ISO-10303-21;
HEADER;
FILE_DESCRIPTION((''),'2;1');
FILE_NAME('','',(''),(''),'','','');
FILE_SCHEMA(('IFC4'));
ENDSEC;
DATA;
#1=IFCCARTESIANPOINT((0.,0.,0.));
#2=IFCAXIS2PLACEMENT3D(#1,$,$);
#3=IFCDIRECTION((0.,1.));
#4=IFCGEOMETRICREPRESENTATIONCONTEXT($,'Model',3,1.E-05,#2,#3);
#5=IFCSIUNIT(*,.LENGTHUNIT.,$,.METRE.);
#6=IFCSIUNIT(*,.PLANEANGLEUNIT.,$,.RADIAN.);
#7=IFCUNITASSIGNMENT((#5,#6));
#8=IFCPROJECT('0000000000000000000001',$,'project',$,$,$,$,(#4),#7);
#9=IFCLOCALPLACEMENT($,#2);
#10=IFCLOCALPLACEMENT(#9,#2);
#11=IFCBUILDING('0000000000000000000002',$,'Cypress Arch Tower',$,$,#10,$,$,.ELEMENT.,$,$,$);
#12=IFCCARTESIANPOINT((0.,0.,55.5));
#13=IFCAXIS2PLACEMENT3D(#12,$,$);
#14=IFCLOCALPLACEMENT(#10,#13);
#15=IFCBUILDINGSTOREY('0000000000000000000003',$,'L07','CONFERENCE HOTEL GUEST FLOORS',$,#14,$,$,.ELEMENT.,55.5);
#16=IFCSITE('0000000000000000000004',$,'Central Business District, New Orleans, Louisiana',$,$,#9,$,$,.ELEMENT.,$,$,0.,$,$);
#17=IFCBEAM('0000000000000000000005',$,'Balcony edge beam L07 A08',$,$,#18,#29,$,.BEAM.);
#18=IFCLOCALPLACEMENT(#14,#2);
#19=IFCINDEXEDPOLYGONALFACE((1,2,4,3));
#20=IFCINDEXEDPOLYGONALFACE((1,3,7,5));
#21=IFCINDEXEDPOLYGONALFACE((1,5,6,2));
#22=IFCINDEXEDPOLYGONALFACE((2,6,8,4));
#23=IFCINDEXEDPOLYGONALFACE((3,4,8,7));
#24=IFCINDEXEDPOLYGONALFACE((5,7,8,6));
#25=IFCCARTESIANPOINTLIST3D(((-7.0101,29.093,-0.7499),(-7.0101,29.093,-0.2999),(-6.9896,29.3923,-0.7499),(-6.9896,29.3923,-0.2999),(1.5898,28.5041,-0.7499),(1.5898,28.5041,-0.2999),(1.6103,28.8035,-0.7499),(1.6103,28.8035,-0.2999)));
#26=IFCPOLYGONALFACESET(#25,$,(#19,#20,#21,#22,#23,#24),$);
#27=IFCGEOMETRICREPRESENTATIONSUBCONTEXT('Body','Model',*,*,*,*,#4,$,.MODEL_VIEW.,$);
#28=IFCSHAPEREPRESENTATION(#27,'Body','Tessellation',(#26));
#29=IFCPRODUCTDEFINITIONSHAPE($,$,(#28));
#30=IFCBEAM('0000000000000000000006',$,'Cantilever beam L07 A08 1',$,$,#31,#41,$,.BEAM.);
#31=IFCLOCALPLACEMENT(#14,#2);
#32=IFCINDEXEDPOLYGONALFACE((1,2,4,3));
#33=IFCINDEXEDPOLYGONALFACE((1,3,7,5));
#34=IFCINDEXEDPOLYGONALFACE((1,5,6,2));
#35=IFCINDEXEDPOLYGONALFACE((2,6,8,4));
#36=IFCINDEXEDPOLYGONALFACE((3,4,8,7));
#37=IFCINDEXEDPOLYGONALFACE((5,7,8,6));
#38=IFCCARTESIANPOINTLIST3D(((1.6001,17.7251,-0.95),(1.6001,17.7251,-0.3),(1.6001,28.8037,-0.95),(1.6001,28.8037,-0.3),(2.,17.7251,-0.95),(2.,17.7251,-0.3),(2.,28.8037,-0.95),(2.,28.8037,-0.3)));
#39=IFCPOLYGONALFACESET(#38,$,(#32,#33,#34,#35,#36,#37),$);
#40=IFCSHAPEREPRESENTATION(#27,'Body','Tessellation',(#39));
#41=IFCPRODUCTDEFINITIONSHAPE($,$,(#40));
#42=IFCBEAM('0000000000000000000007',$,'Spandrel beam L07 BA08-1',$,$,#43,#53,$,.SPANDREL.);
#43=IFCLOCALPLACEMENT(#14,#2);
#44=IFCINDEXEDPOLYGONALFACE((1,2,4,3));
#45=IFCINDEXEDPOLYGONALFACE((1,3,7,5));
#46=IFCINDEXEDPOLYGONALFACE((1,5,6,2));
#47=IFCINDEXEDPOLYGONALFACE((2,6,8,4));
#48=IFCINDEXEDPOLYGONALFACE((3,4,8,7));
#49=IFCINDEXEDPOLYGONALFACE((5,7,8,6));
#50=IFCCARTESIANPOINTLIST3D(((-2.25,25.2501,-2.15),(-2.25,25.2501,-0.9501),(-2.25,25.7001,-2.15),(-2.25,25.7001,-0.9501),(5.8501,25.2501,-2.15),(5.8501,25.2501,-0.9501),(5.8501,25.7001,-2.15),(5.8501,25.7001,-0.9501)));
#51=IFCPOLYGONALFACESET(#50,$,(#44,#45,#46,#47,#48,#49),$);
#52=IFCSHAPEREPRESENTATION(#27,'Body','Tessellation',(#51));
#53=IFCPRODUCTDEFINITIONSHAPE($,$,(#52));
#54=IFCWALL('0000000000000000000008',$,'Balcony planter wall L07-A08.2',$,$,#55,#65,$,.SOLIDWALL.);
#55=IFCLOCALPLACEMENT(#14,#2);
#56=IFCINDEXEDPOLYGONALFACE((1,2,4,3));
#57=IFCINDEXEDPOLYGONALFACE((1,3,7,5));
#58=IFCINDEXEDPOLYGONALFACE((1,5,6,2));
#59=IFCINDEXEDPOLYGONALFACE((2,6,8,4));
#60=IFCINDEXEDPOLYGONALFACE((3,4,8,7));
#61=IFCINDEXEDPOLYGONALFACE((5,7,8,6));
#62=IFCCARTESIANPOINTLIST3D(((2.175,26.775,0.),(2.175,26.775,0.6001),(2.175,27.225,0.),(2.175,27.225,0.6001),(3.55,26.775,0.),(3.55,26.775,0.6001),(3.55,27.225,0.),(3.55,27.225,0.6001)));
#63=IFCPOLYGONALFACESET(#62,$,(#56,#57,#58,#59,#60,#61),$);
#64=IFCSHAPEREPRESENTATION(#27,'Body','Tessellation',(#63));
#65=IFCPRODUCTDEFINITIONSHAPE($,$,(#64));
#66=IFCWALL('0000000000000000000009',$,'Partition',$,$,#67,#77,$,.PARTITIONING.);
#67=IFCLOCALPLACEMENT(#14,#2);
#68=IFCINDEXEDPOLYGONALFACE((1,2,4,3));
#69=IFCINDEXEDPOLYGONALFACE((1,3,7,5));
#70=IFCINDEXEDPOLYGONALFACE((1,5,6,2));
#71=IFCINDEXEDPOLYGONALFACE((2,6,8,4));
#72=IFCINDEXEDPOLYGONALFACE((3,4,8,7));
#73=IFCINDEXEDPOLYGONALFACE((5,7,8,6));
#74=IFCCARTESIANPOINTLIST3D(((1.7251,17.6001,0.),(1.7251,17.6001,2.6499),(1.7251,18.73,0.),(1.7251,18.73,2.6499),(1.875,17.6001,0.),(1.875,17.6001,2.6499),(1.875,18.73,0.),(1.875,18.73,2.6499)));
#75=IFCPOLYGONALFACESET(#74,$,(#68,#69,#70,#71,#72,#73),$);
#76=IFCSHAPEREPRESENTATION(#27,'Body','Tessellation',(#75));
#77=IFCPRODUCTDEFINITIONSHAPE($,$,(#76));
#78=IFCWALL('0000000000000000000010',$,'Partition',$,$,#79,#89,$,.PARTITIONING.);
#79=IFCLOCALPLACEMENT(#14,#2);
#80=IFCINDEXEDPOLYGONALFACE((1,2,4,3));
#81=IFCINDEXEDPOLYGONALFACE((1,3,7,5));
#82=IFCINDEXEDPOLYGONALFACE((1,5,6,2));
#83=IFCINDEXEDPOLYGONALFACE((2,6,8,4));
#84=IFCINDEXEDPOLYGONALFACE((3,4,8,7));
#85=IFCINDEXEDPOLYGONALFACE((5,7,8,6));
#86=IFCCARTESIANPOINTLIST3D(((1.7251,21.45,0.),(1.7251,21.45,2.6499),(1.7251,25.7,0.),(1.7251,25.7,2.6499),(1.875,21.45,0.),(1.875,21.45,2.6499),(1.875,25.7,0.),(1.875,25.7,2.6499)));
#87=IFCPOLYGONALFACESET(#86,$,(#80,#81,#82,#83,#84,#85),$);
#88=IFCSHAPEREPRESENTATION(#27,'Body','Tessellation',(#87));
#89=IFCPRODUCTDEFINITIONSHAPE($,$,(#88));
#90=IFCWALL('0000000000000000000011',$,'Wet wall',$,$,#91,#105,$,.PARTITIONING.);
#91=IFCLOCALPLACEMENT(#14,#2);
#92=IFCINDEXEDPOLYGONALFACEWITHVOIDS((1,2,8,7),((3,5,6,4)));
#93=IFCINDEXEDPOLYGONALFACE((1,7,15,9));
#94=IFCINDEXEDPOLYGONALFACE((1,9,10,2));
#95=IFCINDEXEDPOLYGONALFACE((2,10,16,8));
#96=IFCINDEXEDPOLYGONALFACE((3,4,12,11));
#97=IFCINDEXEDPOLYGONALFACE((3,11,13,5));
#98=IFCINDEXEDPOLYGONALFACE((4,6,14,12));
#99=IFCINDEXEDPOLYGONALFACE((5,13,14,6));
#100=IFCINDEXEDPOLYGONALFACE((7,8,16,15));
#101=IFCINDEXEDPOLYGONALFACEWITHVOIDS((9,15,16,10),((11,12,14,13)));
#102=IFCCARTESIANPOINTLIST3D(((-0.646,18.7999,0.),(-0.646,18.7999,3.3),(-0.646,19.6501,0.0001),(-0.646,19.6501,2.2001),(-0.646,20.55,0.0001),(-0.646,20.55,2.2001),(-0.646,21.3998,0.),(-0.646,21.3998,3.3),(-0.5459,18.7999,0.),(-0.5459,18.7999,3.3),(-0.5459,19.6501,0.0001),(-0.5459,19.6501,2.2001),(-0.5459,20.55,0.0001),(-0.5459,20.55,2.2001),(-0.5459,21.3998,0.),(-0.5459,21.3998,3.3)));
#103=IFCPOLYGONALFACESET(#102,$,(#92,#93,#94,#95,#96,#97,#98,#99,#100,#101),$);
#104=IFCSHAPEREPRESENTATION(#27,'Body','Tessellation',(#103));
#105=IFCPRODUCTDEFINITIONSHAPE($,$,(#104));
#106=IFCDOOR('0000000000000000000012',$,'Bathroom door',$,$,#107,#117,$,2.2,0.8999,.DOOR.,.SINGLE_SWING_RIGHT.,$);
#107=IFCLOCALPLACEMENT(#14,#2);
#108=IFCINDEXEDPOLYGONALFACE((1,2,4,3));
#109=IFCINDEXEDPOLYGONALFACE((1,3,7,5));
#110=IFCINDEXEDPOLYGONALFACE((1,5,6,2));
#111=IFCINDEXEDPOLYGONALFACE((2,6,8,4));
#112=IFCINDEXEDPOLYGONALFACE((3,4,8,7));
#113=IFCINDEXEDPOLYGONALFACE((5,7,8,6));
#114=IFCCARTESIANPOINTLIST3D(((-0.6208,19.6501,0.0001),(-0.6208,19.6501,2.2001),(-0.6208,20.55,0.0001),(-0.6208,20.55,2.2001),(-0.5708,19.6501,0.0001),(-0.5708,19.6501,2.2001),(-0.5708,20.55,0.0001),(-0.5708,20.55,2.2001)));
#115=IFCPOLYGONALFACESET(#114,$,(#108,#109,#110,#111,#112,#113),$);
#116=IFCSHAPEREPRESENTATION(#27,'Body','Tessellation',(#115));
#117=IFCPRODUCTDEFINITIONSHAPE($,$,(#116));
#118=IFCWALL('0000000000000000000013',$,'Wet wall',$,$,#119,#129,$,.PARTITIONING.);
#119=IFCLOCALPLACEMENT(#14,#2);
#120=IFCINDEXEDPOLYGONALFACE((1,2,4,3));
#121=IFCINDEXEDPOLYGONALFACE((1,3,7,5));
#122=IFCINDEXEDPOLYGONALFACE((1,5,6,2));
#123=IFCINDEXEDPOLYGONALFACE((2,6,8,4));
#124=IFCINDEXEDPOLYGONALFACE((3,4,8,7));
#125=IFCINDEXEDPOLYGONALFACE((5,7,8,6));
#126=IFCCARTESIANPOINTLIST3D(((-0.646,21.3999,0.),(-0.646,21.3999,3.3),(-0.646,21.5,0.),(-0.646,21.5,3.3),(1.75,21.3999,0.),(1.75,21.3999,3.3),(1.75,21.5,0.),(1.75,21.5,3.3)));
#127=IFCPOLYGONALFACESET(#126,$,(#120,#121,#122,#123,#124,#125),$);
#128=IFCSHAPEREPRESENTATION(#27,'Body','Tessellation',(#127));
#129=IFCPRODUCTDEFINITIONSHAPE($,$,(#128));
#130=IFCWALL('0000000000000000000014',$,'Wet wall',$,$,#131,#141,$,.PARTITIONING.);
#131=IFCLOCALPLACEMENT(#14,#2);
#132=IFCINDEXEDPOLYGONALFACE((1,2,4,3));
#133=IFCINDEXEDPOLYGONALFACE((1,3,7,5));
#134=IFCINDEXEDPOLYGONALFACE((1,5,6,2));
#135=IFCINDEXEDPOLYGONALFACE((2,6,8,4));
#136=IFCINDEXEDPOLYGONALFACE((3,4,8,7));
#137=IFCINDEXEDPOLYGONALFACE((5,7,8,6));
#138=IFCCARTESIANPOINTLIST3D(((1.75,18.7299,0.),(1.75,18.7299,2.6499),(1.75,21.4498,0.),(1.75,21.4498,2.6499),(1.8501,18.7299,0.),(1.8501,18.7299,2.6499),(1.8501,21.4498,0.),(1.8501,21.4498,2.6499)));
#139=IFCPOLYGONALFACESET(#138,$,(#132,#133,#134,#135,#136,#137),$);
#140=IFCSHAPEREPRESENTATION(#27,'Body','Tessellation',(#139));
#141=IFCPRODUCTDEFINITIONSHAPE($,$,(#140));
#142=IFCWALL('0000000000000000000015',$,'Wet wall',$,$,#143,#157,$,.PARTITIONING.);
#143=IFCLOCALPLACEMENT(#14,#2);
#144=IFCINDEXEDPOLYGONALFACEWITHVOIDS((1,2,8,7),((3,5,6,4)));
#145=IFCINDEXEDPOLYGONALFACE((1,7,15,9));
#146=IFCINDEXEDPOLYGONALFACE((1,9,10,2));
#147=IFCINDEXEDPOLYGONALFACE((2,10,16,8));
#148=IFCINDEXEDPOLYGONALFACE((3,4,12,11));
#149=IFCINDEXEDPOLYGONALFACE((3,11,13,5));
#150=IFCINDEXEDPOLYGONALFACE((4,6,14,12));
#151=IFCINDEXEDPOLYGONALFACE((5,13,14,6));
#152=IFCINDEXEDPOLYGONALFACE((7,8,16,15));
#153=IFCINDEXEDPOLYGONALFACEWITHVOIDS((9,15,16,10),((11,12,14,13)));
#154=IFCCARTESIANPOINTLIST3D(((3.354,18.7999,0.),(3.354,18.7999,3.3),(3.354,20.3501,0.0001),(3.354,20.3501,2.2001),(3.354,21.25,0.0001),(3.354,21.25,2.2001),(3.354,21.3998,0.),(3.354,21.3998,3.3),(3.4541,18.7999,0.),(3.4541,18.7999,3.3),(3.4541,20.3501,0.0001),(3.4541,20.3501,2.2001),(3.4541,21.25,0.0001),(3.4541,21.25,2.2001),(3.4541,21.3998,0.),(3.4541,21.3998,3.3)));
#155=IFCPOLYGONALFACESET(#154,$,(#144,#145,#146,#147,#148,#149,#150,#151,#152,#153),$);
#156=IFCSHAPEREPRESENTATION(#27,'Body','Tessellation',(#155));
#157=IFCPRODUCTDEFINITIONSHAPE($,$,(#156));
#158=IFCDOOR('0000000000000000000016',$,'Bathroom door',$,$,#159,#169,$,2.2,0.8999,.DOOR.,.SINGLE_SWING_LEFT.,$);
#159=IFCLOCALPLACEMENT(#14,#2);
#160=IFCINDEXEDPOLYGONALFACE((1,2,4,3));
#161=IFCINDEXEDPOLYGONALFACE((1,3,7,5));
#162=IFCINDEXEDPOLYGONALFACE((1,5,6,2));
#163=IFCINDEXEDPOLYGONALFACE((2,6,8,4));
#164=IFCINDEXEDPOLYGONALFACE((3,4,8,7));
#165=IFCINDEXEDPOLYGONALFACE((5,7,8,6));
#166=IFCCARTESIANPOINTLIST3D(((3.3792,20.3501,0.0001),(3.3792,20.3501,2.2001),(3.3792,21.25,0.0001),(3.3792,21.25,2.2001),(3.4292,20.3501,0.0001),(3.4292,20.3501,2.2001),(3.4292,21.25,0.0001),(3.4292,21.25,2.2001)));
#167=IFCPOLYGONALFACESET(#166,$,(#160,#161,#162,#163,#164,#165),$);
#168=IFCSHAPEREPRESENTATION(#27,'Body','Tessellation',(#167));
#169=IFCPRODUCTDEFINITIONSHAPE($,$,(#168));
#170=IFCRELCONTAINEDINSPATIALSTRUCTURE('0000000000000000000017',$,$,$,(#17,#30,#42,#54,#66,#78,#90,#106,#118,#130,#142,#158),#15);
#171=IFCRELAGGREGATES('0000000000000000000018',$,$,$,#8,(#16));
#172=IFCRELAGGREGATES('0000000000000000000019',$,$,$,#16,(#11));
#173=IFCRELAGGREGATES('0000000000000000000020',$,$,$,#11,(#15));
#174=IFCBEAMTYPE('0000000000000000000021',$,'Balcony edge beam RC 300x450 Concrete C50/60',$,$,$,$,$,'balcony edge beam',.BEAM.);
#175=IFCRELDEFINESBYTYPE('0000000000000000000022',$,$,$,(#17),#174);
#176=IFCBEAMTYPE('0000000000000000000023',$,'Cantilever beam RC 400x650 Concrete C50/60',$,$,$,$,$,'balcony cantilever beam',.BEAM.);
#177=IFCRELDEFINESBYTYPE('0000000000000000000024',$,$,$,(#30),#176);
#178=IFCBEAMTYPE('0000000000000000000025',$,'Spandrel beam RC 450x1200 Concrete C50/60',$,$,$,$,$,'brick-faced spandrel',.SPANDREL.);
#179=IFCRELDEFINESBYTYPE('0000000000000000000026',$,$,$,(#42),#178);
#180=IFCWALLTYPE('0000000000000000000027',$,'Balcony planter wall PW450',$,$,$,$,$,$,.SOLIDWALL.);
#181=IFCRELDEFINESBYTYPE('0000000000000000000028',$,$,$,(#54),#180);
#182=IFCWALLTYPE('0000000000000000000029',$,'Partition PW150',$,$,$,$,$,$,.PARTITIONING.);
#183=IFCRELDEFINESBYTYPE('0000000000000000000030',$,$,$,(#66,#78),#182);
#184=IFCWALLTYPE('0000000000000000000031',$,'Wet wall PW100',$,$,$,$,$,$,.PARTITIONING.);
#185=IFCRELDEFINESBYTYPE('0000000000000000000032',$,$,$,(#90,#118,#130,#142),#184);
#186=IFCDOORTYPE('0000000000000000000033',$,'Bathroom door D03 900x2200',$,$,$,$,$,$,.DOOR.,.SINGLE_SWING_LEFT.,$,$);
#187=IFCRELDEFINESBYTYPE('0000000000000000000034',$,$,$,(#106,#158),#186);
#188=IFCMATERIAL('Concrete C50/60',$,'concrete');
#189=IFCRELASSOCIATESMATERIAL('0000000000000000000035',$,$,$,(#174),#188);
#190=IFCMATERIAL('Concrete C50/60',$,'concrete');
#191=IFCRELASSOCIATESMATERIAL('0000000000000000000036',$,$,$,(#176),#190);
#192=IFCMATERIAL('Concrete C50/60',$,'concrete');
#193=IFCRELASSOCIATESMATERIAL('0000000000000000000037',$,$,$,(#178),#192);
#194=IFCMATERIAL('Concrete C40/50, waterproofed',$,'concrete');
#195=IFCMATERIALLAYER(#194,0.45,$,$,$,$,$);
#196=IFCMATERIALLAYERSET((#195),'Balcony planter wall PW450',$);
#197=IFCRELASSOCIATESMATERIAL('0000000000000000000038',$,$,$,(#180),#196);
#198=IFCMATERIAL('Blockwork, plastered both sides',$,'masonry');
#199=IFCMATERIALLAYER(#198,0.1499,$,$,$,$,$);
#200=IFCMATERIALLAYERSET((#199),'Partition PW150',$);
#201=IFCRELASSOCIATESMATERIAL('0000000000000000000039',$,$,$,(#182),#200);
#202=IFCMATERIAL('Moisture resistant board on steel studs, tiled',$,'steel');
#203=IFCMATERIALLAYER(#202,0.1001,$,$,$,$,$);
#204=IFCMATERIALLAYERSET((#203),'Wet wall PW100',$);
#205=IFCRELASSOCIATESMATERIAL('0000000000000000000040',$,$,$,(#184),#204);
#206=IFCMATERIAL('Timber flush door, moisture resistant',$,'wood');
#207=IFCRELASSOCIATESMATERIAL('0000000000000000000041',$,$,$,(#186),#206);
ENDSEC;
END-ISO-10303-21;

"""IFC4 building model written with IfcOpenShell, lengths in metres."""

from ifc_helpers import new_model, si_unit, direction, frame, frame_2d, origin, origin_2d, place, context, subcontext, project, spatial, rectangle, extrude, material, layer, layer_set, material_profile, profile_set, type_object, element, fill, save


model = new_model("IFC4")

# Units and contexts
model_context = context("Model", 3, precision=1e-05, world=origin(), true_north=direction((0.0, 1.0)))
body_context = subcontext(model_context, "Body", "Model", "MODEL_VIEW")
ifc_project = project(units=[si_unit("LENGTHUNIT", "METRE"), si_unit("PLANEANGLEUNIT", "RADIAN")], contexts=[model_context])

# Site, building, storey
site_placement = place(None, origin())
site = spatial("IfcSite", under=ifc_project, at=site_placement, Name="Central Business District, New Orleans, Louisiana", CompositionType="ELEMENT", RefElevation=0.0)
building_placement = place(site_placement, origin())
building = spatial("IfcBuilding", under=site, at=building_placement, Name="Cypress Arch Tower", CompositionType="ELEMENT")
storey_placement = place(building_placement, frame((0.0, 0.0, 55.5)))
storey = spatial("IfcBuildingStorey", under=building, at=storey_placement, Name="L07", Description="CONFERENCE HOTEL GUEST FLOORS", CompositionType="ELEMENT", Elevation=55.5)

# Beams
ifc_material_1 = material(Name="Concrete C50/60", Category="concrete")
ifc_material_profile_1 = material_profile(ifc_material_1, rectangle(XDim=0.3, YDim=0.45, at=origin_2d()), Name="RC 300x450")
ifc_profile_set_1 = profile_set([ifc_material_profile_1], Name="Concrete C50/60")
beam_type_1 = type_object("IfcBeamType", Name="Balcony edge beam RC 300x450 Concrete C50/60", ElementType="balcony edge beam", PredefinedType="BEAM", material=ifc_profile_set_1)
beam_1_placement = place(storey_placement, frame((1.6001, 28.6538, -0.5249), z_axis=(-0.997664, 0.068312, 0.0), x_axis=(-0.068312, -0.997664, 0.0)))
element("IfcBeam", 1, at=beam_1_placement, inside=storey, type_object=beam_type_1, Name="Balcony edge beam L07 A08", PredefinedType="BEAM", context=body_context, shape_type="SweptSolid", body=[
    extrude(rectangle(XDim=0.3, YDim=0.45, at=origin_2d()), origin(), (0.0, 0.0, 1.0), 8.6201),
])
ifc_material_2 = material(Name="Concrete C50/60", Category="concrete")
ifc_material_profile_2 = material_profile(ifc_material_2, rectangle(XDim=0.3999, YDim=0.6499, at=origin_2d()), Name="RC 400x650")
ifc_profile_set_2 = profile_set([ifc_material_profile_2], Name="Concrete C50/60")
beam_type_2 = type_object("IfcBeamType", Name="Cantilever beam RC 400x650 Concrete C50/60", ElementType="balcony cantilever beam", PredefinedType="BEAM", material=ifc_profile_set_2)
beam_2_placement = place(storey_placement, frame((1.8, 17.7251, -0.625), z_axis=(0.0, 1.0, 0.0), x_axis=(-1.0, 0.0, 0.0)))
element("IfcBeam", 2, at=beam_2_placement, inside=storey, type_object=beam_type_2, Name="Cantilever beam L07 A08 1", PredefinedType="BEAM", context=body_context, shape_type="SweptSolid", body=[
    extrude(rectangle(XDim=0.3999, YDim=0.6499, at=origin_2d()), origin(), (0.0, 0.0, 1.0), 11.0786),
])
ifc_material_3 = material(Name="Concrete C50/60", Category="concrete")
ifc_material_profile_3 = material_profile(ifc_material_3, rectangle(XDim=0.45, YDim=1.2, at=origin_2d()), Name="RC 450x1200")
ifc_profile_set_3 = profile_set([ifc_material_profile_3], Name="Concrete C50/60")
beam_type_3 = type_object("IfcBeamType", Name="Spandrel beam RC 450x1200 Concrete C50/60", ElementType="brick-faced spandrel", PredefinedType="SPANDREL", material=ifc_profile_set_3)
beam_3_placement = place(storey_placement, frame((5.8501, 25.4751, -1.55), z_axis=(-1.0, 0.0, 0.0), x_axis=(0.0, -1.0, 0.0)))
element("IfcBeam", 3, at=beam_3_placement, inside=storey, type_object=beam_type_3, Name="Spandrel beam L07 BA08-1", PredefinedType="SPANDREL", context=body_context, shape_type="SweptSolid", body=[
    extrude(rectangle(XDim=0.45, YDim=1.2, at=origin_2d()), origin(), (0.0, 0.0, 1.0), 8.1001),
])

# Walls
ifc_material_4 = material(Name="Concrete C40/50, waterproofed", Category="concrete")
ifc_layer_1 = layer(ifc_material_4, 0.45)
ifc_layer_set_1 = layer_set([ifc_layer_1], Name="Balcony planter wall PW450")
wall_type_1 = type_object("IfcWallType", Name="Balcony planter wall PW450", PredefinedType="SOLIDWALL", material=ifc_layer_set_1)
wall_1_placement = place(storey_placement, frame((3.55, 27.0, 0.0), z_axis=(0.0, 0.0, 1.0), x_axis=(-1.0, 0.0, 0.0)))
element("IfcWall", 4, at=wall_1_placement, inside=storey, type_object=wall_type_1, Name="Balcony planter wall L07-A08.2", PredefinedType="SOLIDWALL", context=body_context, shape_type="SweptSolid", body=[
    extrude(rectangle(XDim=1.375, YDim=0.45, at=frame_2d((0.6875, 0.0))), origin(), (0.0, 0.0, 1.0), 0.6001),
])
ifc_material_5 = material(Name="Blockwork, plastered both sides", Category="masonry")
ifc_layer_2 = layer(ifc_material_5, 0.1499)
ifc_layer_set_2 = layer_set([ifc_layer_2], Name="Partition PW150")
wall_type_2 = type_object("IfcWallType", Name="Partition PW150", PredefinedType="PARTITIONING", material=ifc_layer_set_2)
wall_2_placement = place(storey_placement, frame((1.8, 17.6001, 0.0), z_axis=(0.0, 0.0, 1.0), x_axis=(0.0, 1.0, 0.0)))
element("IfcWall", 5, at=wall_2_placement, inside=storey, type_object=wall_type_2, Name="Partition", PredefinedType="PARTITIONING", context=body_context, shape_type="SweptSolid", body=[
    extrude(rectangle(XDim=1.1299, YDim=0.1499, at=frame_2d((0.5649, 0.0))), origin(), (0.0, 0.0, 1.0), 2.6499),
])
wall_3_placement = place(storey_placement, frame((1.8, 21.45, 0.0), z_axis=(0.0, 0.0, 1.0), x_axis=(0.0, 1.0, 0.0)))
element("IfcWall", 6, at=wall_3_placement, inside=storey, type_object=wall_type_2, Name="Partition", PredefinedType="PARTITIONING", context=body_context, shape_type="SweptSolid", body=[
    extrude(rectangle(XDim=4.25, YDim=0.1499, at=frame_2d((2.125, 0.0))), origin(), (0.0, 0.0, 1.0), 2.6499),
])

# Wall, opening, door
ifc_material_6 = material(Name="Moisture resistant board on steel studs, tiled", Category="steel")
ifc_layer_3 = layer(ifc_material_6, 0.1001)
ifc_layer_set_3 = layer_set([ifc_layer_3], Name="Wet wall PW100")
wall_type_3 = type_object("IfcWallType", Name="Wet wall PW100", PredefinedType="PARTITIONING", material=ifc_layer_set_3)
wall_4_placement = place(storey_placement, frame((-0.5959, 18.8, 0.0), z_axis=(0.0, 0.0, 1.0), x_axis=(0.0, 1.0, 0.0)))
wall_4 = element("IfcWall", 7, at=wall_4_placement, inside=storey, type_object=wall_type_3, Name="Wet wall", PredefinedType="PARTITIONING", context=body_context, shape_type="SweptSolid", body=[
    extrude(rectangle(XDim=2.5999, YDim=0.1001, at=frame_2d((1.2998, 0.0))), origin(), (0.0, 0.0, 1.0), 3.3),
])
opening_1_placement = place(wall_4_placement, frame((0.8501, 0.0, 0.0)))
opening_1 = element("IfcOpeningElement", 8, at=opening_1_placement, cuts=wall_4, PredefinedType="OPENING", context=body_context, shape_type="SweptSolid", body=[
    extrude(rectangle(XDim=0.8999, YDim=2.2, at=frame_2d((0.45, 1.1001))), frame((0.0, 0.0601, 0.0), z_axis=(0.0, -1.0, 0.0), x_axis=(1.0, 0.0, 0.0)), (0.0, 0.0, 1.0), 0.1201),
])
ifc_material_7 = material(Name="Timber flush door, moisture resistant", Category="wood")
door_type = type_object("IfcDoorType", Name="Bathroom door D03 900x2200", OperationType="SINGLE_SWING_LEFT", PredefinedType="DOOR", material=ifc_material_7)
door_1_placement = place(opening_1_placement, origin())
door_1 = element("IfcDoor", 9, at=door_1_placement, inside=storey, type_object=door_type, Name="Bathroom door", OperationType="SINGLE_SWING_RIGHT", OverallHeight=2.2, OverallWidth=0.8999, PredefinedType="DOOR", context=body_context, shape_type="SweptSolid", body=[
    extrude(rectangle(XDim=0.8999, YDim=2.2, at=frame_2d((0.45, 1.1001))), frame((0.0, 0.0249, 0.0), z_axis=(0.0, -1.0, 0.0), x_axis=(1.0, 0.0, 0.0)), (0.0, 0.0, 1.0), 0.05),
])
fill(opening_1, door_1)

# Walls
wall_5_placement = place(storey_placement, frame((-0.646, 21.45, 0.0), z_axis=(0.0, 0.0, 1.0), x_axis=(1.0, 0.0, 0.0)))
element("IfcWall", 10, at=wall_5_placement, inside=storey, type_object=wall_type_3, Name="Wet wall", PredefinedType="PARTITIONING", context=body_context, shape_type="SweptSolid", body=[
    extrude(rectangle(XDim=2.396, YDim=0.1001, at=frame_2d((1.198, 0.0))), origin(), (0.0, 0.0, 1.0), 3.3),
])
wall_6_placement = place(storey_placement, frame((1.8, 18.73, 0.0), z_axis=(0.0, 0.0, 1.0), x_axis=(0.0, 1.0, 0.0)))
element("IfcWall", 11, at=wall_6_placement, inside=storey, type_object=wall_type_3, Name="Wet wall", PredefinedType="PARTITIONING", context=body_context, shape_type="SweptSolid", body=[
    extrude(rectangle(XDim=2.72, YDim=0.1001, at=frame_2d((1.3599, 0.0))), origin(), (0.0, 0.0, 1.0), 2.6499),
])

# Wall, opening, door
wall_7_placement = place(storey_placement, frame((3.4041, 18.8, 0.0), z_axis=(0.0, 0.0, 1.0), x_axis=(0.0, 1.0, 0.0)))
wall_7 = element("IfcWall", 12, at=wall_7_placement, inside=storey, type_object=wall_type_3, Name="Wet wall", PredefinedType="PARTITIONING", context=body_context, shape_type="SweptSolid", body=[
    extrude(rectangle(XDim=2.5999, YDim=0.1001, at=frame_2d((1.2998, 0.0))), origin(), (0.0, 0.0, 1.0), 3.3),
])
opening_2_placement = place(wall_7_placement, frame((1.55, 0.0, 0.0)))
opening_2 = element("IfcOpeningElement", 13, at=opening_2_placement, cuts=wall_7, PredefinedType="OPENING", context=body_context, shape_type="SweptSolid", body=[
    extrude(rectangle(XDim=0.8999, YDim=2.2, at=frame_2d((0.45, 1.1001))), frame((0.0, 0.0601, 0.0), z_axis=(0.0, -1.0, 0.0), x_axis=(1.0, 0.0, 0.0)), (0.0, 0.0, 1.0), 0.1201),
])
door_2_placement = place(opening_2_placement, origin())
door_2 = element("IfcDoor", 14, at=door_2_placement, inside=storey, type_object=door_type, Name="Bathroom door", OperationType="SINGLE_SWING_LEFT", OverallHeight=2.2, OverallWidth=0.8999, PredefinedType="DOOR", context=body_context, shape_type="SweptSolid", body=[
    extrude(rectangle(XDim=0.8999, YDim=2.2, at=frame_2d((0.45, 1.1001))), frame((0.0, 0.0249, 0.0), z_axis=(0.0, -1.0, 0.0), x_axis=(1.0, 0.0, 0.0)), (0.0, 0.0, 1.0), 0.05),
])
fill(opening_2, door_2)

save(model, "model.ifc")
